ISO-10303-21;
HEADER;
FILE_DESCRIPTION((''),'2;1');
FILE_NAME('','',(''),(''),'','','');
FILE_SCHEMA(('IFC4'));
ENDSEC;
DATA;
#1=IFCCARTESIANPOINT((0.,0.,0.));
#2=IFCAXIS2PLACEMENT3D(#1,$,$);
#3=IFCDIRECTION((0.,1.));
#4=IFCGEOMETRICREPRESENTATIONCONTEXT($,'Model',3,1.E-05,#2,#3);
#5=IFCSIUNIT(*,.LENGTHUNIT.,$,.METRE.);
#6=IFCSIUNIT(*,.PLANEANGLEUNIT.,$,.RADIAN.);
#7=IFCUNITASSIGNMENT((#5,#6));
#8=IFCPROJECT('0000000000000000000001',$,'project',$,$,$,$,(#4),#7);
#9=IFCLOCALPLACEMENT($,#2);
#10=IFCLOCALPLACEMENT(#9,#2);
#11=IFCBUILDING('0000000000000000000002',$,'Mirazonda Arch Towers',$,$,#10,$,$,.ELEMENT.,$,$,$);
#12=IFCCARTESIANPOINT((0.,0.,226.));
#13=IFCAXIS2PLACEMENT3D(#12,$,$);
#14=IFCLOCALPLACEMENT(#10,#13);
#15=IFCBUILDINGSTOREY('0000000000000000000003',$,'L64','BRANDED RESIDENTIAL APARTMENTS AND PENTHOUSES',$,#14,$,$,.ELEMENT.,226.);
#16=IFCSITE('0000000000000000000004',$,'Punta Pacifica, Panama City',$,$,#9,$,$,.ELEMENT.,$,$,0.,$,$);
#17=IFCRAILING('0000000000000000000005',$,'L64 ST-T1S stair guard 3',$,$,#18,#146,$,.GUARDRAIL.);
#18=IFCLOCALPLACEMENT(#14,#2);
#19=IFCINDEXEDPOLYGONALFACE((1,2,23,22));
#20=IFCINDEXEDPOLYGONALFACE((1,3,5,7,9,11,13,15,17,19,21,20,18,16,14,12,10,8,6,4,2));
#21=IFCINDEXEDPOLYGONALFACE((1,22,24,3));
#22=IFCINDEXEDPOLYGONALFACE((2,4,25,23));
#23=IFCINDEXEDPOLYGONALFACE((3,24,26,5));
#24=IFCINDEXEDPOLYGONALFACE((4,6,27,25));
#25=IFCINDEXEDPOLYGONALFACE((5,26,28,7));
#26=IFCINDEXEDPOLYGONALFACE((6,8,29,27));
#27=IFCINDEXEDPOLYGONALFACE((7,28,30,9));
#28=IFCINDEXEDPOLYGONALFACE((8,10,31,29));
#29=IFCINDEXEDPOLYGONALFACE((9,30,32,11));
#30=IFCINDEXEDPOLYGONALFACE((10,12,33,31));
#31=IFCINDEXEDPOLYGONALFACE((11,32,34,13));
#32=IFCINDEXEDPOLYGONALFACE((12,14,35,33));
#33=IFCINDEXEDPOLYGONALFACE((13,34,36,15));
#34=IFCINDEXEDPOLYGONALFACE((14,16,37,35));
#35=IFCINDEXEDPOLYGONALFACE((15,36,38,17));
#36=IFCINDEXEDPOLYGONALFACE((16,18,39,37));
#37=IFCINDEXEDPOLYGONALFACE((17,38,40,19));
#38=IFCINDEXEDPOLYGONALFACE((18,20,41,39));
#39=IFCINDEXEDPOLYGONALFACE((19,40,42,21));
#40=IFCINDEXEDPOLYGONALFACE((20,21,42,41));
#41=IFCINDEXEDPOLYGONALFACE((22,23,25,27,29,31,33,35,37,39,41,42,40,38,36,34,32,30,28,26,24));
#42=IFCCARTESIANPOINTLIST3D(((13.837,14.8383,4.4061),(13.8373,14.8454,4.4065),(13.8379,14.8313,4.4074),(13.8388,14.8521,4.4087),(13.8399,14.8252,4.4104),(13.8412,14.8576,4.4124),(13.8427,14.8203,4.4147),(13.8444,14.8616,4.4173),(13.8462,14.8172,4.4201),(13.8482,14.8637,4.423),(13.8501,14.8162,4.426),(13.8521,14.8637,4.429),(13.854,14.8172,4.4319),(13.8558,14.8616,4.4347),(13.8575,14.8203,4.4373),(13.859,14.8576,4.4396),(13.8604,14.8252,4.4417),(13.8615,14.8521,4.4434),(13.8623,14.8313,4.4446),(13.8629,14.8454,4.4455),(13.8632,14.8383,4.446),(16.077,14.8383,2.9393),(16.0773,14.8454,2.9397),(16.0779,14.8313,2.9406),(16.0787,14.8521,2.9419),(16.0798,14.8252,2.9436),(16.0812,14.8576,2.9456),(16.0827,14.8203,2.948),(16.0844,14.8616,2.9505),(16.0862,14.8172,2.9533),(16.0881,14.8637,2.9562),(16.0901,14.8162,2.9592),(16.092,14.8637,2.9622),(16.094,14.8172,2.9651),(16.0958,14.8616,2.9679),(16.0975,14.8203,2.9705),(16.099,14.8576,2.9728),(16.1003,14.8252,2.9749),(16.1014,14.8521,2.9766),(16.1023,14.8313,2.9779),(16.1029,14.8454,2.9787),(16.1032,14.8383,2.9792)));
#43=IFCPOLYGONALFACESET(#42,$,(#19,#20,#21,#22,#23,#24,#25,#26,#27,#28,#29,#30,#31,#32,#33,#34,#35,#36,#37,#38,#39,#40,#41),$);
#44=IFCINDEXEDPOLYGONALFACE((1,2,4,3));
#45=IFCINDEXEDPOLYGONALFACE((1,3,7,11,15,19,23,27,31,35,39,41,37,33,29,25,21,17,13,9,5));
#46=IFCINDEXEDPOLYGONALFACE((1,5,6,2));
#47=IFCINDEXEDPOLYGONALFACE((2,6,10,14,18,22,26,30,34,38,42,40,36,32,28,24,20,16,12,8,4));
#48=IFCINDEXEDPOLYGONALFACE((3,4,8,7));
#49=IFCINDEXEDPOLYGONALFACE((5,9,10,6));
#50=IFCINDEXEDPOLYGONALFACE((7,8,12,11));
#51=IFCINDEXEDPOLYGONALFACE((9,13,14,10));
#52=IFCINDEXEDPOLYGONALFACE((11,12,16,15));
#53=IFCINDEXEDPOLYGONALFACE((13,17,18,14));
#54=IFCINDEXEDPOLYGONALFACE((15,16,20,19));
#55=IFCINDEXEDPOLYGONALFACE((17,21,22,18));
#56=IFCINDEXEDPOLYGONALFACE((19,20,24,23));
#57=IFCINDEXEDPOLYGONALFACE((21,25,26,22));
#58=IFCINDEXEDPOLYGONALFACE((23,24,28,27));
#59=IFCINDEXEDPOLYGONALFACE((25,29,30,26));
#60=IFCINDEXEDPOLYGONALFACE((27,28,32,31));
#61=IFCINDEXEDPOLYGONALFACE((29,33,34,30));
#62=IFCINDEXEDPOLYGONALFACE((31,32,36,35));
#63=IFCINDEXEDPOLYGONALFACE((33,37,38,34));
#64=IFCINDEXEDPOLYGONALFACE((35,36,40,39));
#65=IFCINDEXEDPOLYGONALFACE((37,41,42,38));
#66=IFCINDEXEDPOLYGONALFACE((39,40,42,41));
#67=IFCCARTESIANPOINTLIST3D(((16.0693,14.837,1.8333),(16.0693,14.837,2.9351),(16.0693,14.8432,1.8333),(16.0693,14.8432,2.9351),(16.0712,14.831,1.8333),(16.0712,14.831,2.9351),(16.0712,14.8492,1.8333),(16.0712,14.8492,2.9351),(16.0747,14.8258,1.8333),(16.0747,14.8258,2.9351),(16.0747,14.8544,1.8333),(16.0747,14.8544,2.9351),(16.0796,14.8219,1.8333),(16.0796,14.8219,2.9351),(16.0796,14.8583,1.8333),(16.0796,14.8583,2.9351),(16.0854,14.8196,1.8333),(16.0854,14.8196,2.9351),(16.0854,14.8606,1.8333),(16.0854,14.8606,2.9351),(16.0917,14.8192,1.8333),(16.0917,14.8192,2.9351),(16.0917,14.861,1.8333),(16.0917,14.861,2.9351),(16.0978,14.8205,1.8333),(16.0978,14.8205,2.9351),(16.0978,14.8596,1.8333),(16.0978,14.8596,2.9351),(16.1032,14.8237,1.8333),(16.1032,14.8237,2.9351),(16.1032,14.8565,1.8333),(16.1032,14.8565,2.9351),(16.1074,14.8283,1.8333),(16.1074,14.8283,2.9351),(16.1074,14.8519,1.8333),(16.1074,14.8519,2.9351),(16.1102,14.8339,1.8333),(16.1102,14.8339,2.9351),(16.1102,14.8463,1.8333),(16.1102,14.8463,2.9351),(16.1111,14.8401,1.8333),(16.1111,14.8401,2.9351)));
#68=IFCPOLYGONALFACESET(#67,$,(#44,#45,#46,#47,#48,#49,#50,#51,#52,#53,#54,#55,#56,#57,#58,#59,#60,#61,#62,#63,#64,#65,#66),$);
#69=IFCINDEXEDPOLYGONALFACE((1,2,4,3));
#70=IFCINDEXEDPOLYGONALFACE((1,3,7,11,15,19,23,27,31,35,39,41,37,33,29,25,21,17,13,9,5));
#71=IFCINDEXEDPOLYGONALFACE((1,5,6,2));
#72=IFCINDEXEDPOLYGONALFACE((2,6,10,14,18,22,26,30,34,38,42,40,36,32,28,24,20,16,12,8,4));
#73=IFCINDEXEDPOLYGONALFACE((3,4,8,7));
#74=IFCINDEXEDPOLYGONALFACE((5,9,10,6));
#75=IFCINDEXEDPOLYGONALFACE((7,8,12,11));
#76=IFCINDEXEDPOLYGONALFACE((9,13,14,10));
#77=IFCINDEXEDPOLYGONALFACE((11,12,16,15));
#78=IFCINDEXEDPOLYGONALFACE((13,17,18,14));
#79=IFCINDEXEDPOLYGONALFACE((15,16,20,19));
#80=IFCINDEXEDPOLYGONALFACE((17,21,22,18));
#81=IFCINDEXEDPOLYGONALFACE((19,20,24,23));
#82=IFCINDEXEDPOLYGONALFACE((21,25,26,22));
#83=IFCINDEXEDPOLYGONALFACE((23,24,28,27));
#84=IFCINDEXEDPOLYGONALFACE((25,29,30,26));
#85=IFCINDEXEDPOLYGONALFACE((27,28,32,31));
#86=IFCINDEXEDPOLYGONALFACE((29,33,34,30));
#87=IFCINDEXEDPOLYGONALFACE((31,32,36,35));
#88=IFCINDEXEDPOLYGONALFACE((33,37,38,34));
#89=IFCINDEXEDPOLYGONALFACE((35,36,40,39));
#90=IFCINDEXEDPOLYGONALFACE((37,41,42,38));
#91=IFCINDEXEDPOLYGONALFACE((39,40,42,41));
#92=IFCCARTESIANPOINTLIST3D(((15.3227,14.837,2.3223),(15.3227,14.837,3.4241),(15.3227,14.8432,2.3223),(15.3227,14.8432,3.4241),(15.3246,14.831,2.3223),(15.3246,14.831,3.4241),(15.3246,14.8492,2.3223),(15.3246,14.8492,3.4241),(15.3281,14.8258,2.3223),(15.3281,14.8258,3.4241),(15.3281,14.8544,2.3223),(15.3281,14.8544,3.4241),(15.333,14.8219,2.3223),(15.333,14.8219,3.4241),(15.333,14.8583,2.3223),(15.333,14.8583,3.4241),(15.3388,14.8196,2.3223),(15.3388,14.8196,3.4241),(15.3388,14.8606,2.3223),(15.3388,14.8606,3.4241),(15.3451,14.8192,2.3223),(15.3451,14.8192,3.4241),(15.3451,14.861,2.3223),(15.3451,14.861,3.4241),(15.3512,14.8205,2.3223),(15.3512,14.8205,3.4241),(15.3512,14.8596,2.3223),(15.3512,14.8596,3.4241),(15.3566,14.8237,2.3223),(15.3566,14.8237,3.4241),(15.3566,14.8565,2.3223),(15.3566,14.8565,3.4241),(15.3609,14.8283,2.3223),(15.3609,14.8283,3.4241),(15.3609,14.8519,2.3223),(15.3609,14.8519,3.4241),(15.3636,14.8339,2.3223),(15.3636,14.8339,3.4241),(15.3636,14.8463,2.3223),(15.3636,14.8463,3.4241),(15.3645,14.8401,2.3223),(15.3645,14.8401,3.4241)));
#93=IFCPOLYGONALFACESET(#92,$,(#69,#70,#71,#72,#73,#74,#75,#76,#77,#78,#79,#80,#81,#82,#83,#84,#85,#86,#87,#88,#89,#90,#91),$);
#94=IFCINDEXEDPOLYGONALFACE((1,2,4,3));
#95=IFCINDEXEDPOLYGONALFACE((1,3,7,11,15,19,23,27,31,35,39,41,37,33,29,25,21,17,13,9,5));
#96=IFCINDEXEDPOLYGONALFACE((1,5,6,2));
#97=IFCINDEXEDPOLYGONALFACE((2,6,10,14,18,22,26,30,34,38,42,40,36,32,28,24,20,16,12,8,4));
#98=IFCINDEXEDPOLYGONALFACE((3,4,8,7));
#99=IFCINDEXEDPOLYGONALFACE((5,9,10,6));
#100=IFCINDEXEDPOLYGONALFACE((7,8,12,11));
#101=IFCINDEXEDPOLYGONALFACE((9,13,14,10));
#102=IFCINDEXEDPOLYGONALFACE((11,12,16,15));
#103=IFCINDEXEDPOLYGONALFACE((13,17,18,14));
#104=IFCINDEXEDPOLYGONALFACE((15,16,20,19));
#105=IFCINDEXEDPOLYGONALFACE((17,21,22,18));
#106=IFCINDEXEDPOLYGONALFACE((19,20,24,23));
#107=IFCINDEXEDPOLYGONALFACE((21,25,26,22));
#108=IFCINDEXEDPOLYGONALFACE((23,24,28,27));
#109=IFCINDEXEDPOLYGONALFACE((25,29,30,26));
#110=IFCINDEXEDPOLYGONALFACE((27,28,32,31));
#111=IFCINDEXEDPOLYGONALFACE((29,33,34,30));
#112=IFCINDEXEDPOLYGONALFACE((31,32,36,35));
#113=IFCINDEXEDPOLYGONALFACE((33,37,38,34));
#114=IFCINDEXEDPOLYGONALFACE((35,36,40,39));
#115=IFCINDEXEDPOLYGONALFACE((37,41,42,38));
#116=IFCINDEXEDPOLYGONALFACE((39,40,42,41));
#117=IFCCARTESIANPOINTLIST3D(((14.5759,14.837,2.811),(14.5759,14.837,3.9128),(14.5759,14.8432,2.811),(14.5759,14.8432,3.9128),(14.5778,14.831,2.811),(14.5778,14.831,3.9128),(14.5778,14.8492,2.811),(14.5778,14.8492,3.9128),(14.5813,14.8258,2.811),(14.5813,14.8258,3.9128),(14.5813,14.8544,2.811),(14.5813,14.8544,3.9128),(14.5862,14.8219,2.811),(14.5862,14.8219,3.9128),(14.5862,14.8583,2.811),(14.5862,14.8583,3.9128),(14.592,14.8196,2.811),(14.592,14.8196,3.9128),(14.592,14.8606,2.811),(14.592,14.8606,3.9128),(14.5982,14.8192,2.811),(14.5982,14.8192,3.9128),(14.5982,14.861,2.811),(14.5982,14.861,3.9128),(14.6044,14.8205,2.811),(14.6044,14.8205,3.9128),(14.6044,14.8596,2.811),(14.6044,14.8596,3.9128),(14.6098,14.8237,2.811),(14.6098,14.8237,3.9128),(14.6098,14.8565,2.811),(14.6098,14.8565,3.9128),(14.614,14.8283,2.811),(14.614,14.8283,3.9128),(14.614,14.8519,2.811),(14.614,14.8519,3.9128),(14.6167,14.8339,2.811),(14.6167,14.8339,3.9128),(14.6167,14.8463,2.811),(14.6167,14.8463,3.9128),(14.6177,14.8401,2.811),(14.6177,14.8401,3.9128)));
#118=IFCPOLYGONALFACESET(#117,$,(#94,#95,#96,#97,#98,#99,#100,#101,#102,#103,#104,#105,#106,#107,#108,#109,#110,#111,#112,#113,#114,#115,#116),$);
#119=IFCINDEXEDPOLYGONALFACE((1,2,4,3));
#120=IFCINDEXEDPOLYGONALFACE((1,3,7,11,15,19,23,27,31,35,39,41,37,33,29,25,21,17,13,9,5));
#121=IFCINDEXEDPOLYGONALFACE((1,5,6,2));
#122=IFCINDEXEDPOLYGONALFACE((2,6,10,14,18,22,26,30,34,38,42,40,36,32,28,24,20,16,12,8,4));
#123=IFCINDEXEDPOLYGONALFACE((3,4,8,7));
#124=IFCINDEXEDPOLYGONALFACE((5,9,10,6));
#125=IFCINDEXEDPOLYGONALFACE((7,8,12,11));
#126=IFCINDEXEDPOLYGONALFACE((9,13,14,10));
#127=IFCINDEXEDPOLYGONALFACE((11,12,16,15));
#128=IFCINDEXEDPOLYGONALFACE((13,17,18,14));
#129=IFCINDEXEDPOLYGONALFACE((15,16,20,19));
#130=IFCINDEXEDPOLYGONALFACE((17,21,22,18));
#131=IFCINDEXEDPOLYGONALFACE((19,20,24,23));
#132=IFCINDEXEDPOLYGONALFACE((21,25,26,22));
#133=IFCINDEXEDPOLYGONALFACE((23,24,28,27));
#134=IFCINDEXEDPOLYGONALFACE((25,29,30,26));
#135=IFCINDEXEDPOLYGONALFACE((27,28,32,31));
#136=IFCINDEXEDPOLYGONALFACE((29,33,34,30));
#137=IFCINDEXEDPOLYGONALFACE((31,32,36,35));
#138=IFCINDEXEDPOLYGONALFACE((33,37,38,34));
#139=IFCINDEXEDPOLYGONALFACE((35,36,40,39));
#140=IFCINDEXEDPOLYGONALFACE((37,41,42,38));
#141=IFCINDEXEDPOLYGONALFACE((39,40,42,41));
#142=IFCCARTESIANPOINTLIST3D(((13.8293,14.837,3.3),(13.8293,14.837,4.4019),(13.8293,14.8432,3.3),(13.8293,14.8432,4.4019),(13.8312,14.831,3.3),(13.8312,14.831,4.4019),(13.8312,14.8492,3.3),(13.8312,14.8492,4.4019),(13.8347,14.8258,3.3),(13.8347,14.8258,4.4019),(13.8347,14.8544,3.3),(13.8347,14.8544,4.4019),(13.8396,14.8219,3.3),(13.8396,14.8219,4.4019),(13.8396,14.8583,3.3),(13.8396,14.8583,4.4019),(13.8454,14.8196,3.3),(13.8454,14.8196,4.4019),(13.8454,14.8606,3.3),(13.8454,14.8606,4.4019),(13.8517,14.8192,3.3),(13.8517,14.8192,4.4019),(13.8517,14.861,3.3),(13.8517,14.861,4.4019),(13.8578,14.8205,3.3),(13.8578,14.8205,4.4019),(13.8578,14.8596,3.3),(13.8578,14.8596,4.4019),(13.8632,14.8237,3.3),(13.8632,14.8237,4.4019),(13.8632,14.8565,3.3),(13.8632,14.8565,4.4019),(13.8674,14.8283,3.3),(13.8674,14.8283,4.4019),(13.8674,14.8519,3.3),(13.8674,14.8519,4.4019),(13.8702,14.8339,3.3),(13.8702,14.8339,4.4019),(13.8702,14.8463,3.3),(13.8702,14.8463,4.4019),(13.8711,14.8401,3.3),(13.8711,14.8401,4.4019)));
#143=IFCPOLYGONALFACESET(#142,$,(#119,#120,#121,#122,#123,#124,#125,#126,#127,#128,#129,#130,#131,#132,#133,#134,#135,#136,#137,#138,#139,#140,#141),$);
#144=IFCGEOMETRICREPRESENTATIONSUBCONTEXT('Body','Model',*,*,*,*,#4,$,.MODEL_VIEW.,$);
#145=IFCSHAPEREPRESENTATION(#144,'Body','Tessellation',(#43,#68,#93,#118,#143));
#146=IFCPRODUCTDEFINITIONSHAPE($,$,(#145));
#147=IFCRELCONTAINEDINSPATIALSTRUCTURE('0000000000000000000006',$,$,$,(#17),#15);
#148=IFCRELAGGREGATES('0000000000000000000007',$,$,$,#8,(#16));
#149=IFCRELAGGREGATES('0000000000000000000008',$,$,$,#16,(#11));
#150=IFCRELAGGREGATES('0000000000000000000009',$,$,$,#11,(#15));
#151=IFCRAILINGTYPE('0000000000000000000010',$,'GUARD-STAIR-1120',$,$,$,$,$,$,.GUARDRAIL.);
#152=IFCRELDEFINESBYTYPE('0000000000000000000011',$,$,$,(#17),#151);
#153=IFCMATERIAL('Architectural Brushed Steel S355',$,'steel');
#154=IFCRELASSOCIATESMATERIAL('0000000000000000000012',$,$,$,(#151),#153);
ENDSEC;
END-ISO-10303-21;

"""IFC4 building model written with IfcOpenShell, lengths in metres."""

from ifc_helpers import new_model, si_unit, direction, frame, origin, origin_2d, place, context, subcontext, project, spatial, circle, extrude, material, type_object, element, save


model = new_model("IFC4")

# Units and contexts
model_context = context("Model", 3, precision=1e-05, world=origin(), true_north=direction((0.0, 1.0)))
body_context = subcontext(model_context, "Body", "Model", "MODEL_VIEW")
ifc_project = project(units=[si_unit("LENGTHUNIT", "METRE"), si_unit("PLANEANGLEUNIT", "RADIAN")], contexts=[model_context])

# Site, building, storey
site_placement = place(None, origin())
site = spatial("IfcSite", under=ifc_project, at=site_placement, Name="Punta Pacifica, Panama City", CompositionType="ELEMENT", RefElevation=0.0)
building_placement = place(site_placement, origin())
building = spatial("IfcBuilding", under=site, at=building_placement, Name="Mirazonda Arch Towers", CompositionType="ELEMENT")
storey_placement = place(building_placement, frame((0.0, 0.0, 226.0)))
storey = spatial("IfcBuildingStorey", under=building, at=storey_placement, Name="L64", Description="BRANDED RESIDENTIAL APARTMENTS AND PENTHOUSES", CompositionType="ELEMENT", Elevation=226.0)

# Shared definitions
ifc_material_1 = material(Name="Architectural Brushed Steel S355", Category="steel")

# Railing
railing_type_1 = type_object("IfcRailingType", Name="GUARD-STAIR-1120", PredefinedType="GUARDRAIL", material=ifc_material_1)
railing_1_placement = place(storey_placement, frame((16.0901, 14.8401, 1.8333)))
element("IfcRailing", 1, at=railing_1_placement, inside=storey, type_object=railing_type_1, Name="L64 ST-T1S stair guard 3", PredefinedType="GUARDRAIL", context=body_context, shape_type="SweptSolid", body=[
    extrude(circle(Radius=0.0239, at=origin_2d()), frame((0.0, 0.0, 1.126), z_axis=(-0.836595, 0.0, 0.547822), x_axis=(0.0, -1.0, 0.0)), (0.0, 0.0, 1.0), 2.6775),
    extrude(circle(Radius=0.021, at=origin_2d()), origin(), (0.0, 0.0, 1.0), 1.1018),
    extrude(circle(Radius=0.021, at=origin_2d()), frame((-0.7466, 0.0, 0.489)), (0.0, 0.0, 1.0), 1.1018),
    extrude(circle(Radius=0.021, at=origin_2d()), frame((-1.4934, 0.0, 0.9778)), (0.0, 0.0, 1.0), 1.1018),
    extrude(circle(Radius=0.021, at=origin_2d()), frame((-2.24, 0.0, 1.4668)), (0.0, 0.0, 1.0), 1.1018),
])

save(model, "model.ifc")
